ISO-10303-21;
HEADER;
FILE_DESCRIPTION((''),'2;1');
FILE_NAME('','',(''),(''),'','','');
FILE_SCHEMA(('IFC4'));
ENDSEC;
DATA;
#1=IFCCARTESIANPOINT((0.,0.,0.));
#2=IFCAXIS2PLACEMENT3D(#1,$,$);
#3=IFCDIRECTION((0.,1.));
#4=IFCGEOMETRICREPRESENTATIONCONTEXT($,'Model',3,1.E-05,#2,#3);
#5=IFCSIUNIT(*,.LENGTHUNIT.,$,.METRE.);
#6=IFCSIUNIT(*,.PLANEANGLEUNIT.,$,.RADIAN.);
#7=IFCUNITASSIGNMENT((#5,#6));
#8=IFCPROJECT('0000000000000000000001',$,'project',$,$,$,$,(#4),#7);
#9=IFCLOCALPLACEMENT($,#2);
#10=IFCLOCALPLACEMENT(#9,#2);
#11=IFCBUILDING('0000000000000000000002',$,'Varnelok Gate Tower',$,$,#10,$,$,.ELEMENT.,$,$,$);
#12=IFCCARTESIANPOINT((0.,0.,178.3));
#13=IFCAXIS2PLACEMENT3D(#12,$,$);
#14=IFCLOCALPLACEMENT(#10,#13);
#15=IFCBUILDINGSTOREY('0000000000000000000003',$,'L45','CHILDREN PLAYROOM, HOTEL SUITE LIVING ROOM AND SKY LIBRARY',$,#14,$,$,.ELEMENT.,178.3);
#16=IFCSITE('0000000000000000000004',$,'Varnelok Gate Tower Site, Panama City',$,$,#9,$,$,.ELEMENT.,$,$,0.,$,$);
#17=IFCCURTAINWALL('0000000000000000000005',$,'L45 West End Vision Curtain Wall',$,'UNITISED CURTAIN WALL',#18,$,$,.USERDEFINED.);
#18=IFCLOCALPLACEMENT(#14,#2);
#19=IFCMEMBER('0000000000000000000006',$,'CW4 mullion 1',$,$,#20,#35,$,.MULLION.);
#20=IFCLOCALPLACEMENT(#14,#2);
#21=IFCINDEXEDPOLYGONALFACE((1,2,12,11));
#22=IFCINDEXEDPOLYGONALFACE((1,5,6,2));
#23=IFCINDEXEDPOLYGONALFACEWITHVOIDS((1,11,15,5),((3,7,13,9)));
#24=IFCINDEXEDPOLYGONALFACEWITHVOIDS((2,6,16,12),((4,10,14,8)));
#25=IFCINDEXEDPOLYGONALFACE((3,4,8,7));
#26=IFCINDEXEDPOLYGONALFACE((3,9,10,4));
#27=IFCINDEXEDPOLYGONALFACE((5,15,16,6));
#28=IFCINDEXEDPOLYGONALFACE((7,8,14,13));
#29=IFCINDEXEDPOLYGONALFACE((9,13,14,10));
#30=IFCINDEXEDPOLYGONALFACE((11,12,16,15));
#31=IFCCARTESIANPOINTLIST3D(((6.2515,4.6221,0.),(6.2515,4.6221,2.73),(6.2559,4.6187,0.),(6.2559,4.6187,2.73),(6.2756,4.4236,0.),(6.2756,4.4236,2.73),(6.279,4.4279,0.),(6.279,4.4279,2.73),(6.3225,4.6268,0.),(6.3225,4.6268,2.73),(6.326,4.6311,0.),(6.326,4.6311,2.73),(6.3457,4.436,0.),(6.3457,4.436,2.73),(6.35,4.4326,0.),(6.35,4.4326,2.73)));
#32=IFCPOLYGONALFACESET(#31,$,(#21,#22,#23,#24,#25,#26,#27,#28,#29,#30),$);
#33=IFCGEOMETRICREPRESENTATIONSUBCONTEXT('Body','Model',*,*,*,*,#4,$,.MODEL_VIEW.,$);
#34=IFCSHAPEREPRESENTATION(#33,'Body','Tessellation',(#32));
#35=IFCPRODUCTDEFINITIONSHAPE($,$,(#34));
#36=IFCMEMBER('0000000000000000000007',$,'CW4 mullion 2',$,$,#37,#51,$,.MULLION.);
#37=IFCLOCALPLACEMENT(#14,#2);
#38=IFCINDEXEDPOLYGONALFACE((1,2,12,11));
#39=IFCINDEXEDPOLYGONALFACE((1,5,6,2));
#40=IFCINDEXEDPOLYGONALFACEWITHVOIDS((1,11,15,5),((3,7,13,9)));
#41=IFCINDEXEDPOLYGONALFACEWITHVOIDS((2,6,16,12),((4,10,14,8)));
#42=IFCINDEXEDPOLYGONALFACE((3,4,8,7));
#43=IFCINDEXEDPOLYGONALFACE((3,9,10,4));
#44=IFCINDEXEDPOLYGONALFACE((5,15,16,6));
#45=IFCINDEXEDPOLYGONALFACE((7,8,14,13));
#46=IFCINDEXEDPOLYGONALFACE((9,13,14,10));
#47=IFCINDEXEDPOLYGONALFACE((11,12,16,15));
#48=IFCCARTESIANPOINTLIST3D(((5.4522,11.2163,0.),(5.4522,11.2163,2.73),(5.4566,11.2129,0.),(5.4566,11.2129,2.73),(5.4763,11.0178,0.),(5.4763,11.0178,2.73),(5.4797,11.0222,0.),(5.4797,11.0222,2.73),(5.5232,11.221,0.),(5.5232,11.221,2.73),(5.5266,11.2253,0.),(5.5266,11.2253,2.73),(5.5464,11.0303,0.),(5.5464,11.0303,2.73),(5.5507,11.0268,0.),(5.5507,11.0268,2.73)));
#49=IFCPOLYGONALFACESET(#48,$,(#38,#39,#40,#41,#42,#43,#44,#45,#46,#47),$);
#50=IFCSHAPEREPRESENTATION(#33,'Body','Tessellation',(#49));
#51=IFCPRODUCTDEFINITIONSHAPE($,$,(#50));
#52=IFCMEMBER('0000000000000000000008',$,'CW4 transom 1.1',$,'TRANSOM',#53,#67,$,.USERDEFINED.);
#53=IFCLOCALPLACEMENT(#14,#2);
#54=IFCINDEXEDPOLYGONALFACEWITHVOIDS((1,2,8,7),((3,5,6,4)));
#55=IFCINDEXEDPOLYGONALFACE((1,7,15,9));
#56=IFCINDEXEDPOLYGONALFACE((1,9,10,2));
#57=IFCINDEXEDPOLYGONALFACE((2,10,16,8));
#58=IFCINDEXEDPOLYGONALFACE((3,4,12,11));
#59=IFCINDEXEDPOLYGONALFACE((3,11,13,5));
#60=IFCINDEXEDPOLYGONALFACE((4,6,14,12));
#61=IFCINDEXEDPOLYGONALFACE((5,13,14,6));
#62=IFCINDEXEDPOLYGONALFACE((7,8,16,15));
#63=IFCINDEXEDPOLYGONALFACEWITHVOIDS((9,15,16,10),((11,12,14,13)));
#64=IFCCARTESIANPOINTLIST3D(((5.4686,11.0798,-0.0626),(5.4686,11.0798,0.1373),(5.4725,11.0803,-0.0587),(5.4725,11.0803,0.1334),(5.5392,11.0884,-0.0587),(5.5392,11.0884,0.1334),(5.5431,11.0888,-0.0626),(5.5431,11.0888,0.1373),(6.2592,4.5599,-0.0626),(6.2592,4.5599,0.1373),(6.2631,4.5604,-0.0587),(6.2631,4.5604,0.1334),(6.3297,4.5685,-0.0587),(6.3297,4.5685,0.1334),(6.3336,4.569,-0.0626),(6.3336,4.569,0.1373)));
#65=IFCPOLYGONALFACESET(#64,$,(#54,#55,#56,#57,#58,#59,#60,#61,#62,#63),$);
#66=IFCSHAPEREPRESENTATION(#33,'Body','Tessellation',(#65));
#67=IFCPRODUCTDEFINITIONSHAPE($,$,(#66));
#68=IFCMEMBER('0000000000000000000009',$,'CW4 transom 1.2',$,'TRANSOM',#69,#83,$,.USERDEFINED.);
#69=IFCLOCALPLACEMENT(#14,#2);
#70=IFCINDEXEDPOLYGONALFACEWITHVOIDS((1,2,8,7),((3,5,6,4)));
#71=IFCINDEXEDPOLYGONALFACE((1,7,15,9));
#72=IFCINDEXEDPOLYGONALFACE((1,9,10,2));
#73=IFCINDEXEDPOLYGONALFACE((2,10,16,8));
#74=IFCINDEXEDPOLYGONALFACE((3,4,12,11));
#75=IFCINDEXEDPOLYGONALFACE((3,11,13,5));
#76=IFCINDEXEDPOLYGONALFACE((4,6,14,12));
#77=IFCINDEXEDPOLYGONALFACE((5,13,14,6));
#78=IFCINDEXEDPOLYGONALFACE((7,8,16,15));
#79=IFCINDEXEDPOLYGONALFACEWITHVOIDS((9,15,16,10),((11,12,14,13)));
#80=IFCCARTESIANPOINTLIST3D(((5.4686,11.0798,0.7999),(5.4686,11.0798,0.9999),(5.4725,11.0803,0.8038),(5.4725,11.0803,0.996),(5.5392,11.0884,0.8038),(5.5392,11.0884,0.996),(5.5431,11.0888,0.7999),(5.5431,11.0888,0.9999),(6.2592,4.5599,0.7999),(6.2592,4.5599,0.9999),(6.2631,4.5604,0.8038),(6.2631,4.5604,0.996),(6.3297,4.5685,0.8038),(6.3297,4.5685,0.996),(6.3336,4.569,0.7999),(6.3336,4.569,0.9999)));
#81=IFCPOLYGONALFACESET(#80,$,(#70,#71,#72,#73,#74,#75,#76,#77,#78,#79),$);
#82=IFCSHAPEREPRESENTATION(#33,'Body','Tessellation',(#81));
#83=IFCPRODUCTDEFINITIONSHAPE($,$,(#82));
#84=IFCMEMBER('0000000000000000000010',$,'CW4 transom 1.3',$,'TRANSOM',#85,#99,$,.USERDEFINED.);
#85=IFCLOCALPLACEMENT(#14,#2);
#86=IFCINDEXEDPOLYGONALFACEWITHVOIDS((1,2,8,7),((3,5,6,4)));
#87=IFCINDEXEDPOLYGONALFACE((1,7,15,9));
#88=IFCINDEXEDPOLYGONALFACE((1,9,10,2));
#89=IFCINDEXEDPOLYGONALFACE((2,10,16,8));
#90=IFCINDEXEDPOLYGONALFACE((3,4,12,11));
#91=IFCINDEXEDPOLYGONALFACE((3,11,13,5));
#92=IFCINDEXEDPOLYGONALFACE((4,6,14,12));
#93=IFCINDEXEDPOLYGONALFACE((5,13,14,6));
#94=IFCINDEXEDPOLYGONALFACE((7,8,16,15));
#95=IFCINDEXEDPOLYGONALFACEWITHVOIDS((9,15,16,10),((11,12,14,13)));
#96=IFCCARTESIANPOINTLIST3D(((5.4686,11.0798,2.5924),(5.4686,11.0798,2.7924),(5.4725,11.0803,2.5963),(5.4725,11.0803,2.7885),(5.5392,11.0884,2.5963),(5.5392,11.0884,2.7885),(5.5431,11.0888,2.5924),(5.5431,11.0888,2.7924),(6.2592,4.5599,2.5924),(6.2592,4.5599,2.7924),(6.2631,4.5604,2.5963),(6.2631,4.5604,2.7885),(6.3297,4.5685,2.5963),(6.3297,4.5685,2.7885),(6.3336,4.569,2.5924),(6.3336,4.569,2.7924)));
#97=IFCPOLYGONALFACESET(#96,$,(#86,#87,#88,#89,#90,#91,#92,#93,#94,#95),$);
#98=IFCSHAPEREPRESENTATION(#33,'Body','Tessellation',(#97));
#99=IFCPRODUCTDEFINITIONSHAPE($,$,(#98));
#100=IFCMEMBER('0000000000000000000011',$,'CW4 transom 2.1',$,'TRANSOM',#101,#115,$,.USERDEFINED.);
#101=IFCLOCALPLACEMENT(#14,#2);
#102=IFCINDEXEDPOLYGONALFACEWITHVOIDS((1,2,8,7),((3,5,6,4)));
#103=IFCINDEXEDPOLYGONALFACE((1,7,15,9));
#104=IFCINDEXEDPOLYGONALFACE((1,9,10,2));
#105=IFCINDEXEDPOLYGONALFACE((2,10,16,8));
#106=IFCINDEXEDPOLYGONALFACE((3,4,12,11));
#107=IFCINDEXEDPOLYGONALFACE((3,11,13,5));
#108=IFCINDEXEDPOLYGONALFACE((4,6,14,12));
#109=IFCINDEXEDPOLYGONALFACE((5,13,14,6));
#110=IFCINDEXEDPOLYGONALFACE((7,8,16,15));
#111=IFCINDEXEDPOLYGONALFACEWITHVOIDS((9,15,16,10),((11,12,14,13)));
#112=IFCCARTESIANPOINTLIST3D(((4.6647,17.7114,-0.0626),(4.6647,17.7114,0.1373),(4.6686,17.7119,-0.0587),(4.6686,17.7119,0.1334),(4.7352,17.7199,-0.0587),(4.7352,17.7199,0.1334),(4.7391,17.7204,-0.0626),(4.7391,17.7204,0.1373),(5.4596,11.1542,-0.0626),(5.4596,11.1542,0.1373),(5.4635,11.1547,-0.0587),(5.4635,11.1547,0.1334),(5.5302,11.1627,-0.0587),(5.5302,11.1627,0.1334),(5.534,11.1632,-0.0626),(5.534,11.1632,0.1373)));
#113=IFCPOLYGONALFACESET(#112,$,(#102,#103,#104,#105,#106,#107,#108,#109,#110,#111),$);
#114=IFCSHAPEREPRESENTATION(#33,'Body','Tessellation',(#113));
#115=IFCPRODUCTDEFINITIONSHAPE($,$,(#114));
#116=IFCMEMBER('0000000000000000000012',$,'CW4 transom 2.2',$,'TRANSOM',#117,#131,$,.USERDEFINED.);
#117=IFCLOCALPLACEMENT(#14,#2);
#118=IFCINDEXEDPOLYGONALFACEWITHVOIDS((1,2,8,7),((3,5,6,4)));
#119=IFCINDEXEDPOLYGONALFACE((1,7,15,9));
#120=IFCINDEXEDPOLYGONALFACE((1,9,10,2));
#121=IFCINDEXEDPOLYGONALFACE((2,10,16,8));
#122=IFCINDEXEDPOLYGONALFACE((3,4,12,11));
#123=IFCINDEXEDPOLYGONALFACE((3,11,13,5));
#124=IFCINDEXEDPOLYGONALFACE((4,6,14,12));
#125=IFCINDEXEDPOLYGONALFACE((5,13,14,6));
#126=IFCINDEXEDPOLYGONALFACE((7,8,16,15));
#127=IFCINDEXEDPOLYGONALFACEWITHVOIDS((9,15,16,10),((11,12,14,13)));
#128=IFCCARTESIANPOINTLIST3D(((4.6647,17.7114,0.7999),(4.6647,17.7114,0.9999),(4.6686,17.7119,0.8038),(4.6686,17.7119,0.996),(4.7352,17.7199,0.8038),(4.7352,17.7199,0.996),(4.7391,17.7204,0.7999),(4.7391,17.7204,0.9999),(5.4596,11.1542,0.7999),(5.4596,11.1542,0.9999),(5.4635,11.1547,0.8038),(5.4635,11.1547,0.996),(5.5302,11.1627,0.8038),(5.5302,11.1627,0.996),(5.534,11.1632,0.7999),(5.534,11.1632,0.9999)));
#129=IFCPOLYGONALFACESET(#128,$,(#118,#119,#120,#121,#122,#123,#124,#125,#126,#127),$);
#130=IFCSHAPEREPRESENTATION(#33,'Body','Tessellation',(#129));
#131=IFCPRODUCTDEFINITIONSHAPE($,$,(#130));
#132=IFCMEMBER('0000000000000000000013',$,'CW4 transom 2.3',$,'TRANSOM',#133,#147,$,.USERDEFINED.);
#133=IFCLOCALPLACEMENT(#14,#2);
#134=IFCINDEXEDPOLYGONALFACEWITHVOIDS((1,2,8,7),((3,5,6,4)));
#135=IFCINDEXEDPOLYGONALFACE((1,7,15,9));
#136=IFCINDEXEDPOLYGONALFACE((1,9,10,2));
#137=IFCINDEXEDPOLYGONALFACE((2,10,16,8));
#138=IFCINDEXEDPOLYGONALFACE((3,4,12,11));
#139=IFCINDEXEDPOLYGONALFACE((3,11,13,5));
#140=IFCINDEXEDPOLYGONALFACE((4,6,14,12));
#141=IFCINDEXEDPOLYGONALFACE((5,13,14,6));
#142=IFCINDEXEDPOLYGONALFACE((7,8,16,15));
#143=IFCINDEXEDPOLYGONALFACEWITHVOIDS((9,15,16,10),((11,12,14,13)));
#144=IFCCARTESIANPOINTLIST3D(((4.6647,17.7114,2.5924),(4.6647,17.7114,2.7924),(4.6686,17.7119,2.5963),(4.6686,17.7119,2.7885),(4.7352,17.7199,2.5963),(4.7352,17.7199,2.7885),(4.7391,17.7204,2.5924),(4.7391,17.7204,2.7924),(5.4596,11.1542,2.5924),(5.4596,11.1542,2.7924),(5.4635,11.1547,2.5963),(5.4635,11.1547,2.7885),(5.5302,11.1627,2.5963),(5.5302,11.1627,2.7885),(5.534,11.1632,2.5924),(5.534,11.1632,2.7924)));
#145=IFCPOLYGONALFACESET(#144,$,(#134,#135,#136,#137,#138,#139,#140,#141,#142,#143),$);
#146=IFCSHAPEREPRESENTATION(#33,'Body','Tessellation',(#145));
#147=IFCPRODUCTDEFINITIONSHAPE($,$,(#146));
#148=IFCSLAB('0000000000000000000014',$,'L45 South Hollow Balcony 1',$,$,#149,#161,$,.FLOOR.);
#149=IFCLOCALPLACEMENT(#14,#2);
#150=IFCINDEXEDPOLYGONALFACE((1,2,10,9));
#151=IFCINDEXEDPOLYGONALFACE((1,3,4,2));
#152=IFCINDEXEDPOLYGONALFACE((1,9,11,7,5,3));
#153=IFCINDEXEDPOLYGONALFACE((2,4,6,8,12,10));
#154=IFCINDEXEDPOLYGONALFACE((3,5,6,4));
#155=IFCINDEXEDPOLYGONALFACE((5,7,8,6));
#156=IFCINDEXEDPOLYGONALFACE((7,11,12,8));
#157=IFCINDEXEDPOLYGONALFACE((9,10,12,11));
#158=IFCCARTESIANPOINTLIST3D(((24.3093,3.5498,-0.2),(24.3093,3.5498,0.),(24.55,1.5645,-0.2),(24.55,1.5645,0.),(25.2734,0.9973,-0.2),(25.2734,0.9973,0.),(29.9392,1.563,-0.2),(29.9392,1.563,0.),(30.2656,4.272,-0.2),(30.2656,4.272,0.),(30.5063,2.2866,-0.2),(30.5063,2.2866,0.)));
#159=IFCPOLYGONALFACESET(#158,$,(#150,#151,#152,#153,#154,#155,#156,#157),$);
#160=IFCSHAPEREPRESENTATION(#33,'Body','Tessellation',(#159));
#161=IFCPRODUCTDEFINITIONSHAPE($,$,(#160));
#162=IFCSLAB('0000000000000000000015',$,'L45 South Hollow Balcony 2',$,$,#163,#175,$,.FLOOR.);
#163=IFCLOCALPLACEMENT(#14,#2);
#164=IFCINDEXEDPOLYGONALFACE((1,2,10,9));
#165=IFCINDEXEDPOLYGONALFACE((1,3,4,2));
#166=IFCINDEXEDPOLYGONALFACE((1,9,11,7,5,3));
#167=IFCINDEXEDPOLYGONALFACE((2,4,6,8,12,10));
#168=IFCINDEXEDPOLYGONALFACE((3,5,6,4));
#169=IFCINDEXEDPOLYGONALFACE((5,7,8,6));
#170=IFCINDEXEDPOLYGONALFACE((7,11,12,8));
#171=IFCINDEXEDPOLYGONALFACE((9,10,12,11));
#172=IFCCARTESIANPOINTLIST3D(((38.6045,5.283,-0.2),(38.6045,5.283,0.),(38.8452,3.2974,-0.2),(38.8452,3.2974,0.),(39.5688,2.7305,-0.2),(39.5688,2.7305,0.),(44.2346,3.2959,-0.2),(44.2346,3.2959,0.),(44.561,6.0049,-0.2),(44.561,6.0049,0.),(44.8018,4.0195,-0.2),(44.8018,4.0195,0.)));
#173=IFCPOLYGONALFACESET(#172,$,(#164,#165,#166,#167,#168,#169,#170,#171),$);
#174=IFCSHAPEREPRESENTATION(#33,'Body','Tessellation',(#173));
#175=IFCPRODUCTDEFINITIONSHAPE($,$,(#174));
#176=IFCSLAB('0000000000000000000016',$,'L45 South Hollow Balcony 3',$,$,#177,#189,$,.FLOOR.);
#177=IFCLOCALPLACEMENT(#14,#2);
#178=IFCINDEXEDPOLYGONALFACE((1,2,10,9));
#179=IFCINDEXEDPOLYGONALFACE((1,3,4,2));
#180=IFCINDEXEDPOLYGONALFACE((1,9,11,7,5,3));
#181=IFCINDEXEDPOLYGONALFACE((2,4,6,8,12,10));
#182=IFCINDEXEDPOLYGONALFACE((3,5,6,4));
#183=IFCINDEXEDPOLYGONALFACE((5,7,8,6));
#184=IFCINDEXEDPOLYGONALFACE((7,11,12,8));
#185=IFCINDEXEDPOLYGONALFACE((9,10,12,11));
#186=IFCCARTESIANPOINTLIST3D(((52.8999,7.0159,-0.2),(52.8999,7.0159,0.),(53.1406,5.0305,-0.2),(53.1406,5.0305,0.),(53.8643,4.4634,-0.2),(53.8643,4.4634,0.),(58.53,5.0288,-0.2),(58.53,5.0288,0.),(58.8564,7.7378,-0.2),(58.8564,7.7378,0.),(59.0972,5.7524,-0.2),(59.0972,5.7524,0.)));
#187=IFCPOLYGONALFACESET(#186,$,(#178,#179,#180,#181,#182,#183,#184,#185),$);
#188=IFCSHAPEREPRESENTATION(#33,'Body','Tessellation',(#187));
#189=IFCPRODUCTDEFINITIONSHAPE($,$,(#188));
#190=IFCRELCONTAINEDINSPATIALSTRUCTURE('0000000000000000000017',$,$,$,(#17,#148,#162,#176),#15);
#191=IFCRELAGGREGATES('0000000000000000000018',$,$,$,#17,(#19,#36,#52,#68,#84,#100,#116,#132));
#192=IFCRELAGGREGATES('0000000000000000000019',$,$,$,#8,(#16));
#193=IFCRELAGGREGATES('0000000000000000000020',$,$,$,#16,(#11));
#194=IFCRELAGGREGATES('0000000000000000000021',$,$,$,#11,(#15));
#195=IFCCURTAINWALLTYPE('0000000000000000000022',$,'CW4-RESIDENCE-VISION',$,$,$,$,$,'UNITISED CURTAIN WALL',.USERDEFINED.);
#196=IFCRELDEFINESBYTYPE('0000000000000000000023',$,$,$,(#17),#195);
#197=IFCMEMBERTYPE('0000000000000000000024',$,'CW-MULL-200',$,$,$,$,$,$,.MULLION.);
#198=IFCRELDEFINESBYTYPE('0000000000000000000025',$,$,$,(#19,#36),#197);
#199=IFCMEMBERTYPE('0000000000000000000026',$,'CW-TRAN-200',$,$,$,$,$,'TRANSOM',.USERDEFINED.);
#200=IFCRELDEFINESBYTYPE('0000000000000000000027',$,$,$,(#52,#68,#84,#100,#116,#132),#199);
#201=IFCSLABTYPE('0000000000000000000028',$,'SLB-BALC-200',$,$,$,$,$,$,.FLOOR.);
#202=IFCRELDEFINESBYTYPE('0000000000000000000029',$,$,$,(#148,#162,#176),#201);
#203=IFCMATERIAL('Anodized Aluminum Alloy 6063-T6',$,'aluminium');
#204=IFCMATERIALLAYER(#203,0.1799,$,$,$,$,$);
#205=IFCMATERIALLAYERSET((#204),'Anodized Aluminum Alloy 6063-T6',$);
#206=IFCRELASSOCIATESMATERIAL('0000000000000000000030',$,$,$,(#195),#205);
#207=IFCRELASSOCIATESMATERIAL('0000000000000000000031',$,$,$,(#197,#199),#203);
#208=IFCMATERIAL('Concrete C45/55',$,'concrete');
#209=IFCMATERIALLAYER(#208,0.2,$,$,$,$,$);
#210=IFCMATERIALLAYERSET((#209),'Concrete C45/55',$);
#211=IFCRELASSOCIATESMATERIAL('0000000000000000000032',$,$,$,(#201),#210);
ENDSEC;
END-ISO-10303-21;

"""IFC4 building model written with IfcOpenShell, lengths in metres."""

from ifc_helpers import new_model, si_unit, direction, frame, origin, origin_2d, place, context, subcontext, project, spatial, polyline, hollow_rectangle, outline, extrude, material, layer, layer_set, material_profile, profile_set, type_object, element, aggregate, save


model = new_model("IFC4")

# Units and contexts
model_context = context("Model", 3, precision=1e-05, world=origin(), true_north=direction((0.0, 1.0)))
body_context = subcontext(model_context, "Body", "Model", "MODEL_VIEW")
ifc_project = project(units=[si_unit("LENGTHUNIT", "METRE"), si_unit("PLANEANGLEUNIT", "RADIAN")], contexts=[model_context])

# Site, building, storey
site_placement = place(None, origin())
site = spatial("IfcSite", under=ifc_project, at=site_placement, Name="Varnelok Gate Tower Site, Panama City", CompositionType="ELEMENT", RefElevation=0.0)
building_placement = place(site_placement, origin())
building = spatial("IfcBuilding", under=site, at=building_placement, Name="Varnelok Gate Tower", CompositionType="ELEMENT")
storey_placement = place(building_placement, frame((0.0, 0.0, 178.3)))
storey = spatial("IfcBuildingStorey", under=building, at=storey_placement, Name="L45", Description="CHILDREN PLAYROOM, HOTEL SUITE LIVING ROOM AND SKY LIBRARY", CompositionType="ELEMENT", Elevation=178.3)

# Curtain wall, members
ifc_material_1 = material(Name="Anodized Aluminum Alloy 6063-T6", Category="aluminium")
ifc_layer_1 = layer(ifc_material_1, 0.1799)
ifc_layer_set_1 = layer_set([ifc_layer_1], Name="Anodized Aluminum Alloy 6063-T6")
curtain_wall_type = type_object("IfcCurtainWallType", Name="CW4-RESIDENCE-VISION", ElementType="UNITISED CURTAIN WALL", PredefinedType="USERDEFINED", material=ifc_layer_set_1)
curtain_wall_placement = place(storey_placement, origin())
curtain_wall = element("IfcCurtainWall", 1, at=curtain_wall_placement, inside=storey, type_object=curtain_wall_type, Name="L45 West End Vision Curtain Wall", ObjectType="UNITISED CURTAIN WALL", PredefinedType="USERDEFINED")
ifc_material_profile_1 = material_profile(ifc_material_1, hollow_rectangle(XDim=0.075, YDim=0.2, WallThickness=0.0039, at=origin_2d()), Name="ALU200X75X4")
ifc_profile_set_1 = profile_set([ifc_material_profile_1], Name="Anodized Aluminum Alloy 6063-T6")
member_type_1 = type_object("IfcMemberType", Name="CW-MULL-200", PredefinedType="MULLION", material=ifc_profile_set_1)
member_1_placement = place(storey_placement, frame((6.3008, 4.5273, 0.0), z_axis=(0.0, 0.0, 1.0), x_axis=(-0.992732, -0.120345, 0.0)))
member_1 = element("IfcMember", 2, at=member_1_placement, type_object=member_type_1, Name="CW4 mullion 1", PredefinedType="MULLION", context=body_context, shape_type="SweptSolid", body=[
    extrude(hollow_rectangle(XDim=0.075, YDim=0.2, WallThickness=0.0039, at=origin_2d()), origin(), (0.0, 0.0, 1.0), 2.73),
])
member_2_placement = place(storey_placement, frame((5.5015, 11.1216, 0.0), z_axis=(0.0, 0.0, 1.0), x_axis=(-0.992732, -0.120345, 0.0)))
member_2 = element("IfcMember", 3, at=member_2_placement, type_object=member_type_1, Name="CW4 mullion 2", PredefinedType="MULLION", context=body_context, shape_type="SweptSolid", body=[
    extrude(hollow_rectangle(XDim=0.075, YDim=0.2, WallThickness=0.0039, at=origin_2d()), origin(), (0.0, 0.0, 1.0), 2.73),
])
ifc_material_profile_2 = material_profile(ifc_material_1, hollow_rectangle(XDim=0.075, YDim=0.2, WallThickness=0.0039, at=origin_2d()), Name="ALU200X75X4")
ifc_profile_set_2 = profile_set([ifc_material_profile_2], Name="Anodized Aluminum Alloy 6063-T6")
member_type_2 = type_object("IfcMemberType", Name="CW-TRAN-200", ElementType="TRANSOM", PredefinedType="USERDEFINED", material=ifc_profile_set_2)
member_3_placement = place(storey_placement, frame((6.2964, 4.5645, 0.0374), z_axis=(-0.120369, 0.992729, 0.0), x_axis=(-0.992729, -0.120369, 0.0)))
member_3 = element("IfcMember", 4, at=member_3_placement, type_object=member_type_2, Name="CW4 transom 1.1", ObjectType="TRANSOM", PredefinedType="USERDEFINED", context=body_context, shape_type="SweptSolid", body=[
    extrude(hollow_rectangle(XDim=0.075, YDim=0.2, WallThickness=0.0039, at=origin_2d()), origin(), (0.0, 0.0, 1.0), 6.5676),
])
member_4_placement = place(storey_placement, frame((6.2964, 4.5645, 0.8999), z_axis=(-0.120369, 0.992729, 0.0), x_axis=(-0.992729, -0.120369, 0.0)))
member_4 = element("IfcMember", 5, at=member_4_placement, type_object=member_type_2, Name="CW4 transom 1.2", ObjectType="TRANSOM", PredefinedType="USERDEFINED", context=body_context, shape_type="SweptSolid", body=[
    extrude(hollow_rectangle(XDim=0.075, YDim=0.2, WallThickness=0.0039, at=origin_2d()), origin(), (0.0, 0.0, 1.0), 6.5676),
])
member_5_placement = place(storey_placement, frame((6.2964, 4.5645, 2.6924), z_axis=(-0.120369, 0.992729, 0.0), x_axis=(-0.992729, -0.120369, 0.0)))
member_5 = element("IfcMember", 6, at=member_5_placement, type_object=member_type_2, Name="CW4 transom 1.3", ObjectType="TRANSOM", PredefinedType="USERDEFINED", context=body_context, shape_type="SweptSolid", body=[
    extrude(hollow_rectangle(XDim=0.075, YDim=0.2, WallThickness=0.0039, at=origin_2d()), origin(), (0.0, 0.0, 1.0), 6.5676),
])
member_6_placement = place(storey_placement, frame((5.4968, 11.1587, 0.0374), z_axis=(-0.120349, 0.992732, 0.0), x_axis=(-0.992732, -0.120349, 0.0)))
member_6 = element("IfcMember", 7, at=member_6_placement, type_object=member_type_2, Name="CW4 transom 2.1", ObjectType="TRANSOM", PredefinedType="USERDEFINED", context=body_context, shape_type="SweptSolid", body=[
    extrude(hollow_rectangle(XDim=0.075, YDim=0.2, WallThickness=0.0039, at=origin_2d()), origin(), (0.0, 0.0, 1.0), 6.6052),
])
member_7_placement = place(storey_placement, frame((5.4968, 11.1587, 0.8999), z_axis=(-0.120349, 0.992732, 0.0), x_axis=(-0.992732, -0.120349, 0.0)))
member_7 = element("IfcMember", 8, at=member_7_placement, type_object=member_type_2, Name="CW4 transom 2.2", ObjectType="TRANSOM", PredefinedType="USERDEFINED", context=body_context, shape_type="SweptSolid", body=[
    extrude(hollow_rectangle(XDim=0.075, YDim=0.2, WallThickness=0.0039, at=origin_2d()), origin(), (0.0, 0.0, 1.0), 6.6052),
])
member_8_placement = place(storey_placement, frame((5.4968, 11.1587, 2.6924), z_axis=(-0.120349, 0.992732, 0.0), x_axis=(-0.992732, -0.120349, 0.0)))
member_8 = element("IfcMember", 9, at=member_8_placement, type_object=member_type_2, Name="CW4 transom 2.3", ObjectType="TRANSOM", PredefinedType="USERDEFINED", context=body_context, shape_type="SweptSolid", body=[
    extrude(hollow_rectangle(XDim=0.075, YDim=0.2, WallThickness=0.0039, at=origin_2d()), origin(), (0.0, 0.0, 1.0), 6.6052),
])

# Slabs
ifc_material_2 = material(Name="Concrete C45/55", Category="concrete")
ifc_layer_2 = layer(ifc_material_2, 0.2)
ifc_layer_set_2 = layer_set([ifc_layer_2], Name="Concrete C45/55")
slab_type_1 = type_object("IfcSlabType", Name="SLB-BALC-200", PredefinedType="FLOOR", material=ifc_layer_set_2)
slab_1_placement = place(storey_placement, frame((0.0, 0.0, -0.2)))
element("IfcSlab", 10, at=slab_1_placement, inside=storey, type_object=slab_type_1, Name="L45 South Hollow Balcony 1", PredefinedType="FLOOR", context=body_context, shape_type="SweptSolid", body=[
    extrude(outline(polyline([(24.55, 1.5645), (25.2734, 0.9973), (29.9392, 1.563), (30.5063, 2.2866), (30.2656, 4.272), (24.3093, 3.5498), (24.55, 1.5645)])), origin(), (0.0, 0.0, 1.0), 0.2),
])
slab_2_placement = place(storey_placement, frame((0.0, 0.0, -0.2)))
element("IfcSlab", 11, at=slab_2_placement, inside=storey, type_object=slab_type_1, Name="L45 South Hollow Balcony 2", PredefinedType="FLOOR", context=body_context, shape_type="SweptSolid", body=[
    extrude(outline(polyline([(38.8452, 3.2974), (39.5688, 2.7305), (44.2346, 3.2959), (44.8018, 4.0195), (44.561, 6.0049), (38.6045, 5.283), (38.8452, 3.2974)])), origin(), (0.0, 0.0, 1.0), 0.2),
])
slab_3_placement = place(storey_placement, frame((0.0, 0.0, -0.2)))
element("IfcSlab", 12, at=slab_3_placement, inside=storey, type_object=slab_type_1, Name="L45 South Hollow Balcony 3", PredefinedType="FLOOR", context=body_context, shape_type="SweptSolid", body=[
    extrude(outline(polyline([(53.1406, 5.0305), (53.8643, 4.4634), (58.53, 5.0288), (59.0972, 5.7524), (58.8564, 7.7378), (52.8999, 7.0159), (53.1406, 5.0305)])), origin(), (0.0, 0.0, 1.0), 0.2),
])

aggregate(curtain_wall, [member_1, member_2, member_3, member_4, member_5, member_6, member_7, member_8])

save(model, "model.ifc")
